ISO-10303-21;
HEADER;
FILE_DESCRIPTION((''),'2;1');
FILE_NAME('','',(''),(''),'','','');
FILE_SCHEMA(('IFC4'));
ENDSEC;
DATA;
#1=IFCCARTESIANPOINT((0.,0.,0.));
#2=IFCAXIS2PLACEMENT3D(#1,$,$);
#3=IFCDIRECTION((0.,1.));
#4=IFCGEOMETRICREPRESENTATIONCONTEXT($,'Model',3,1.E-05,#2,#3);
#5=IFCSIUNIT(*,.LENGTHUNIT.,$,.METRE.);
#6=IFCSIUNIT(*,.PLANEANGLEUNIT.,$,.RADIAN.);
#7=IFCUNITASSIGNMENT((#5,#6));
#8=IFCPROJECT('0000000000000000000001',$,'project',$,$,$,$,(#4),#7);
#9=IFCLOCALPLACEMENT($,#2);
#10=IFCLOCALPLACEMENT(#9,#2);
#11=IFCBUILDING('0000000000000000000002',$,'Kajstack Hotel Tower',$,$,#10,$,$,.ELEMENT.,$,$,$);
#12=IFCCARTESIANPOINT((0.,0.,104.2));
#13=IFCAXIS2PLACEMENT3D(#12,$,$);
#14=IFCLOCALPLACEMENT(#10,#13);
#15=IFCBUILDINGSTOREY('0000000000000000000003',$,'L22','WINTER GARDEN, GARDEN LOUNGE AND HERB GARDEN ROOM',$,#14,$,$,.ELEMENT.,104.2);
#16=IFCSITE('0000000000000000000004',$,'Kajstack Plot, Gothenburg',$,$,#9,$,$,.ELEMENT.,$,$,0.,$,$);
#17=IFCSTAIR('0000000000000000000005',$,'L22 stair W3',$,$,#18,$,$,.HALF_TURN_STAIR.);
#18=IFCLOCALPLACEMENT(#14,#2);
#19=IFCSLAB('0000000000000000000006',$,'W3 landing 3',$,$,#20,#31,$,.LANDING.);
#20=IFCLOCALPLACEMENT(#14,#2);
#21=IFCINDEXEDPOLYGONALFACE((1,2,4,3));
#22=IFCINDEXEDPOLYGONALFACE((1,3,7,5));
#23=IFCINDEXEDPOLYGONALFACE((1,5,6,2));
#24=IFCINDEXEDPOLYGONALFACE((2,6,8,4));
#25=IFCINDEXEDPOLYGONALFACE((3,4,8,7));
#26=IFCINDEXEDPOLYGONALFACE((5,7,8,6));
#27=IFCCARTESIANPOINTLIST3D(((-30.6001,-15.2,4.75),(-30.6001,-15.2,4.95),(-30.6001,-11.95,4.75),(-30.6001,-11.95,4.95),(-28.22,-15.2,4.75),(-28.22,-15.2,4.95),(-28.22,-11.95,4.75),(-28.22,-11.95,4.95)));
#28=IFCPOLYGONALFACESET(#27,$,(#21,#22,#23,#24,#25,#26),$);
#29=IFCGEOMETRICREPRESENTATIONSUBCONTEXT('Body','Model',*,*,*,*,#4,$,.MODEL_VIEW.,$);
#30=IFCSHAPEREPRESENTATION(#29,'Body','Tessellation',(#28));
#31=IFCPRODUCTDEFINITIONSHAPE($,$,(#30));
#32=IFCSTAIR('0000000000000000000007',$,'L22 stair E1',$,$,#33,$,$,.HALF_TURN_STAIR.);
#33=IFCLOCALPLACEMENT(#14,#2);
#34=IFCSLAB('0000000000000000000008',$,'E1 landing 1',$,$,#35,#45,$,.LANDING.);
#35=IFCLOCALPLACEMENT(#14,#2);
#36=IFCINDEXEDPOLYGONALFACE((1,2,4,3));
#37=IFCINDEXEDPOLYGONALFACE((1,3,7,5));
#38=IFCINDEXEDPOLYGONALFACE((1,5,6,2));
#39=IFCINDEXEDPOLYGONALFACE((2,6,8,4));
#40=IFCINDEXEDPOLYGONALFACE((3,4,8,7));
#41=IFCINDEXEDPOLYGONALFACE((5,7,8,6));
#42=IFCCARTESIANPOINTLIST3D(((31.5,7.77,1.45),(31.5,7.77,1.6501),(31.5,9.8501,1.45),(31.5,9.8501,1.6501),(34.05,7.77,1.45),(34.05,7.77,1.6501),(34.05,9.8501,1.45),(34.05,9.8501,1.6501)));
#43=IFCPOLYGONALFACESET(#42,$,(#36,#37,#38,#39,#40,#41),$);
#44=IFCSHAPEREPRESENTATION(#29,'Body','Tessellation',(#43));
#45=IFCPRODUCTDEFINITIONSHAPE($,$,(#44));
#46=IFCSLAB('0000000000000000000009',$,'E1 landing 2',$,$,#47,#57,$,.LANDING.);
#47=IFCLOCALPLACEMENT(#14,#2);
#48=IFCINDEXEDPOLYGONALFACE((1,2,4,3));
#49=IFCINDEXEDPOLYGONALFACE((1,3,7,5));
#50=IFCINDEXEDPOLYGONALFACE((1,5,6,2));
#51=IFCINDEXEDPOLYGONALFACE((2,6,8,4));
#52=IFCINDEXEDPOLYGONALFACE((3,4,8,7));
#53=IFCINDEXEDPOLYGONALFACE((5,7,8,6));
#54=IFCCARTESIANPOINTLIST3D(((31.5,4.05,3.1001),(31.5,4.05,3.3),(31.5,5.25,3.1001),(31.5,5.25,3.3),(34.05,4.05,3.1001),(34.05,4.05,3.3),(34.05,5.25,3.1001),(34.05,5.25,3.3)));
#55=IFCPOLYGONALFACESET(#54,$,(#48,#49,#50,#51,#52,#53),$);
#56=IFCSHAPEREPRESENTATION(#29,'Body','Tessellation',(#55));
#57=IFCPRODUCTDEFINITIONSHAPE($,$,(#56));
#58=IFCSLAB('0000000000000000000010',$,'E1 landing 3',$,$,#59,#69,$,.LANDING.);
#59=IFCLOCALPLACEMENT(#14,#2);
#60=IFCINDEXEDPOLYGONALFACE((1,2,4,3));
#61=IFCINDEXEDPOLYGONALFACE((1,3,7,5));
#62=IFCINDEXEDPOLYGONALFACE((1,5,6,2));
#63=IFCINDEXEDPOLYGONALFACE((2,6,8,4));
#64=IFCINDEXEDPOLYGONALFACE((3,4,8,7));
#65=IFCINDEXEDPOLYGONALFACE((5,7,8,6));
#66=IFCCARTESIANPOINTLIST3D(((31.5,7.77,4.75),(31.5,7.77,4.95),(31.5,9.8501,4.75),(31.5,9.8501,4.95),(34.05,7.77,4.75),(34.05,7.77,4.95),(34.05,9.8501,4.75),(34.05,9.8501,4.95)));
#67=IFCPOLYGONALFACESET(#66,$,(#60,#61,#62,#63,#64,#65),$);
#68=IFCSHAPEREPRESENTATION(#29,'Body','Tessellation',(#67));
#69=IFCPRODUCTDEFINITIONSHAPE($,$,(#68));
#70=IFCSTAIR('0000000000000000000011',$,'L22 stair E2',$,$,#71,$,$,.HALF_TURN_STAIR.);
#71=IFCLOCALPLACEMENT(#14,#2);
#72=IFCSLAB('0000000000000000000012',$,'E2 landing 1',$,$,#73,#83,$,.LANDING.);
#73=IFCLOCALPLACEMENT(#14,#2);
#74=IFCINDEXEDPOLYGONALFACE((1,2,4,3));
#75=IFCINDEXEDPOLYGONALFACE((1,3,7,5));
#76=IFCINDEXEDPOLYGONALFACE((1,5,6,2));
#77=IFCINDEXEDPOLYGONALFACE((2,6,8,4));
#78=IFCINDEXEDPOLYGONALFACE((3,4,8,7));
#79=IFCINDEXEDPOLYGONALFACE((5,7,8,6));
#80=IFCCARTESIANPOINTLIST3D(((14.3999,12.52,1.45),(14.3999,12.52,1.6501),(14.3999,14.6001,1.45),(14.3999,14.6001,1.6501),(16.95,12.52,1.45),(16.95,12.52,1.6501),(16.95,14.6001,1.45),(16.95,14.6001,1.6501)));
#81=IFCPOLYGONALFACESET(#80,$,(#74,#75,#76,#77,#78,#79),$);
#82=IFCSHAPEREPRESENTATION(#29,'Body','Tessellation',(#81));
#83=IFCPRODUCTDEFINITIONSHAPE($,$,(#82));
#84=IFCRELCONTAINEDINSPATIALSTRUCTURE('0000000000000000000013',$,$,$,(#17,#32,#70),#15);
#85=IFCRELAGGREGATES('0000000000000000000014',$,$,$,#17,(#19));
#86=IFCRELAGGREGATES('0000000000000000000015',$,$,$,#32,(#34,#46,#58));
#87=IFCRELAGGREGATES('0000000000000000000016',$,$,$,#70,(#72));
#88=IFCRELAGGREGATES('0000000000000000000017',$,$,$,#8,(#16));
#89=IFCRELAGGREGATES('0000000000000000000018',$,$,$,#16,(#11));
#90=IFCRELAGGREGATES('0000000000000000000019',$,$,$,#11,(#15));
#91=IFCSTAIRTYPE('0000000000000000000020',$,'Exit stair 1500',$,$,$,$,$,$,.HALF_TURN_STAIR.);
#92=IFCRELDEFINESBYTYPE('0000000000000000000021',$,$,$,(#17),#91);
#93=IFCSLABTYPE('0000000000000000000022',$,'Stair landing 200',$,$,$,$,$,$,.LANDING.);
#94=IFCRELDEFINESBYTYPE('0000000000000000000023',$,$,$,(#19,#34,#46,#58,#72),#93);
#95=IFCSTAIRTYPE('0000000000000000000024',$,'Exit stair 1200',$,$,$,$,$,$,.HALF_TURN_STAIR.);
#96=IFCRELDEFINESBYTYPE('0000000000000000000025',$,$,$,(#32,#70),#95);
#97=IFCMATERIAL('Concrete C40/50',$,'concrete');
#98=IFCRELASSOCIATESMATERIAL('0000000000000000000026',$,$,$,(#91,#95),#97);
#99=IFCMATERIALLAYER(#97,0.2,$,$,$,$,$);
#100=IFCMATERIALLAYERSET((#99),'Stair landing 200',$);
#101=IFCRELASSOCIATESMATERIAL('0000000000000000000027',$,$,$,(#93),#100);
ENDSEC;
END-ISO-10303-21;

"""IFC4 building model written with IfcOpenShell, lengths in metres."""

from ifc_helpers import new_model, si_unit, direction, frame, origin, place, context, subcontext, project, spatial, polyline, outline, extrude, material, layer, layer_set, type_object, element, aggregate, save


model = new_model("IFC4")

# Units and contexts
model_context = context("Model", 3, precision=1e-05, world=origin(), true_north=direction((0.0, 1.0)))
body_context = subcontext(model_context, "Body", "Model", "MODEL_VIEW")
ifc_project = project(units=[si_unit("LENGTHUNIT", "METRE"), si_unit("PLANEANGLEUNIT", "RADIAN")], contexts=[model_context])

# Site, building, storey
site_placement = place(None, origin())
site = spatial("IfcSite", under=ifc_project, at=site_placement, Name="Kajstack Plot, Gothenburg", CompositionType="ELEMENT", RefElevation=0.0)
building_placement = place(site_placement, origin())
building = spatial("IfcBuilding", under=site, at=building_placement, Name="Kajstack Hotel Tower", CompositionType="ELEMENT")
storey_placement = place(building_placement, frame((0.0, 0.0, 104.2)))
storey = spatial("IfcBuildingStorey", under=building, at=storey_placement, Name="L22", Description="WINTER GARDEN, GARDEN LOUNGE AND HERB GARDEN ROOM", CompositionType="ELEMENT", Elevation=104.2)

# Stairs, slabs
ifc_material_1 = material(Name="Concrete C40/50", Category="concrete")
stair_type_1 = type_object("IfcStairType", Name="Exit stair 1500", PredefinedType="HALF_TURN_STAIR", material=ifc_material_1)
stair_1_placement = place(storey_placement, origin())
stair_1 = element("IfcStair", 1, at=stair_1_placement, inside=storey, type_object=stair_type_1, Name="L22 stair W3", PredefinedType="HALF_TURN_STAIR")
ifc_layer_1 = layer(ifc_material_1, 0.2)
ifc_layer_set_1 = layer_set([ifc_layer_1], Name="Stair landing 200")
slab_type = type_object("IfcSlabType", Name="Stair landing 200", PredefinedType="LANDING", material=ifc_layer_set_1)
slab_1_placement = place(storey_placement, frame((0.0, 0.0, 4.75)))
slab_1 = element("IfcSlab", 2, at=slab_1_placement, type_object=slab_type, Name="W3 landing 3", PredefinedType="LANDING", context=body_context, shape_type="SweptSolid", body=[
    extrude(outline(polyline([(-28.22, -11.95), (-30.6001, -11.95), (-30.6001, -15.2), (-28.22, -15.2), (-28.22, -11.95)])), origin(), (0.0, 0.0, 1.0), 0.2),
])
aggregate(stair_1, [slab_1])
stair_type_2 = type_object("IfcStairType", Name="Exit stair 1200", PredefinedType="HALF_TURN_STAIR", material=ifc_material_1)
stair_2_placement = place(storey_placement, origin())
stair_2 = element("IfcStair", 3, at=stair_2_placement, inside=storey, type_object=stair_type_2, Name="L22 stair E1", PredefinedType="HALF_TURN_STAIR")
slab_2_placement = place(storey_placement, frame((0.0, 0.0, 1.45)))
slab_2 = element("IfcSlab", 4, at=slab_2_placement, type_object=slab_type, Name="E1 landing 1", PredefinedType="LANDING", context=body_context, shape_type="SweptSolid", body=[
    extrude(outline(polyline([(34.05, 7.77), (34.05, 9.8501), (31.5, 9.8501), (31.5, 7.77), (34.05, 7.77)])), origin(), (0.0, 0.0, 1.0), 0.2002),
])
slab_3_placement = place(storey_placement, frame((0.0, 0.0, 3.1001)))
slab_3 = element("IfcSlab", 5, at=slab_3_placement, type_object=slab_type, Name="E1 landing 2", PredefinedType="LANDING", context=body_context, shape_type="SweptSolid", body=[
    extrude(outline(polyline([(34.05, 4.05), (34.05, 5.25), (31.5, 5.25), (31.5, 4.05), (34.05, 4.05)])), origin(), (0.0, 0.0, 1.0), 0.2),
])
slab_4_placement = place(storey_placement, frame((0.0, 0.0, 4.75)))
slab_4 = element("IfcSlab", 6, at=slab_4_placement, type_object=slab_type, Name="E1 landing 3", PredefinedType="LANDING", context=body_context, shape_type="SweptSolid", body=[
    extrude(outline(polyline([(34.05, 7.77), (34.05, 9.8501), (31.5, 9.8501), (31.5, 7.77), (34.05, 7.77)])), origin(), (0.0, 0.0, 1.0), 0.2),
])
aggregate(stair_2, [slab_2, slab_3, slab_4])

# Stair, slab
stair_3_placement = place(storey_placement, origin())
stair_3 = element("IfcStair", 7, at=stair_3_placement, inside=storey, type_object=stair_type_2, Name="L22 stair E2", PredefinedType="HALF_TURN_STAIR")
slab_5_placement = place(storey_placement, frame((0.0, 0.0, 1.45)))
slab_5 = element("IfcSlab", 8, at=slab_5_placement, type_object=slab_type, Name="E2 landing 1", PredefinedType="LANDING", context=body_context, shape_type="SweptSolid", body=[
    extrude(outline(polyline([(16.95, 12.52), (16.95, 14.6001), (14.3999, 14.6001), (14.3999, 12.52), (16.95, 12.52)])), origin(), (0.0, 0.0, 1.0), 0.2002),
])
aggregate(stair_3, [slab_5])

save(model, "model.ifc")
